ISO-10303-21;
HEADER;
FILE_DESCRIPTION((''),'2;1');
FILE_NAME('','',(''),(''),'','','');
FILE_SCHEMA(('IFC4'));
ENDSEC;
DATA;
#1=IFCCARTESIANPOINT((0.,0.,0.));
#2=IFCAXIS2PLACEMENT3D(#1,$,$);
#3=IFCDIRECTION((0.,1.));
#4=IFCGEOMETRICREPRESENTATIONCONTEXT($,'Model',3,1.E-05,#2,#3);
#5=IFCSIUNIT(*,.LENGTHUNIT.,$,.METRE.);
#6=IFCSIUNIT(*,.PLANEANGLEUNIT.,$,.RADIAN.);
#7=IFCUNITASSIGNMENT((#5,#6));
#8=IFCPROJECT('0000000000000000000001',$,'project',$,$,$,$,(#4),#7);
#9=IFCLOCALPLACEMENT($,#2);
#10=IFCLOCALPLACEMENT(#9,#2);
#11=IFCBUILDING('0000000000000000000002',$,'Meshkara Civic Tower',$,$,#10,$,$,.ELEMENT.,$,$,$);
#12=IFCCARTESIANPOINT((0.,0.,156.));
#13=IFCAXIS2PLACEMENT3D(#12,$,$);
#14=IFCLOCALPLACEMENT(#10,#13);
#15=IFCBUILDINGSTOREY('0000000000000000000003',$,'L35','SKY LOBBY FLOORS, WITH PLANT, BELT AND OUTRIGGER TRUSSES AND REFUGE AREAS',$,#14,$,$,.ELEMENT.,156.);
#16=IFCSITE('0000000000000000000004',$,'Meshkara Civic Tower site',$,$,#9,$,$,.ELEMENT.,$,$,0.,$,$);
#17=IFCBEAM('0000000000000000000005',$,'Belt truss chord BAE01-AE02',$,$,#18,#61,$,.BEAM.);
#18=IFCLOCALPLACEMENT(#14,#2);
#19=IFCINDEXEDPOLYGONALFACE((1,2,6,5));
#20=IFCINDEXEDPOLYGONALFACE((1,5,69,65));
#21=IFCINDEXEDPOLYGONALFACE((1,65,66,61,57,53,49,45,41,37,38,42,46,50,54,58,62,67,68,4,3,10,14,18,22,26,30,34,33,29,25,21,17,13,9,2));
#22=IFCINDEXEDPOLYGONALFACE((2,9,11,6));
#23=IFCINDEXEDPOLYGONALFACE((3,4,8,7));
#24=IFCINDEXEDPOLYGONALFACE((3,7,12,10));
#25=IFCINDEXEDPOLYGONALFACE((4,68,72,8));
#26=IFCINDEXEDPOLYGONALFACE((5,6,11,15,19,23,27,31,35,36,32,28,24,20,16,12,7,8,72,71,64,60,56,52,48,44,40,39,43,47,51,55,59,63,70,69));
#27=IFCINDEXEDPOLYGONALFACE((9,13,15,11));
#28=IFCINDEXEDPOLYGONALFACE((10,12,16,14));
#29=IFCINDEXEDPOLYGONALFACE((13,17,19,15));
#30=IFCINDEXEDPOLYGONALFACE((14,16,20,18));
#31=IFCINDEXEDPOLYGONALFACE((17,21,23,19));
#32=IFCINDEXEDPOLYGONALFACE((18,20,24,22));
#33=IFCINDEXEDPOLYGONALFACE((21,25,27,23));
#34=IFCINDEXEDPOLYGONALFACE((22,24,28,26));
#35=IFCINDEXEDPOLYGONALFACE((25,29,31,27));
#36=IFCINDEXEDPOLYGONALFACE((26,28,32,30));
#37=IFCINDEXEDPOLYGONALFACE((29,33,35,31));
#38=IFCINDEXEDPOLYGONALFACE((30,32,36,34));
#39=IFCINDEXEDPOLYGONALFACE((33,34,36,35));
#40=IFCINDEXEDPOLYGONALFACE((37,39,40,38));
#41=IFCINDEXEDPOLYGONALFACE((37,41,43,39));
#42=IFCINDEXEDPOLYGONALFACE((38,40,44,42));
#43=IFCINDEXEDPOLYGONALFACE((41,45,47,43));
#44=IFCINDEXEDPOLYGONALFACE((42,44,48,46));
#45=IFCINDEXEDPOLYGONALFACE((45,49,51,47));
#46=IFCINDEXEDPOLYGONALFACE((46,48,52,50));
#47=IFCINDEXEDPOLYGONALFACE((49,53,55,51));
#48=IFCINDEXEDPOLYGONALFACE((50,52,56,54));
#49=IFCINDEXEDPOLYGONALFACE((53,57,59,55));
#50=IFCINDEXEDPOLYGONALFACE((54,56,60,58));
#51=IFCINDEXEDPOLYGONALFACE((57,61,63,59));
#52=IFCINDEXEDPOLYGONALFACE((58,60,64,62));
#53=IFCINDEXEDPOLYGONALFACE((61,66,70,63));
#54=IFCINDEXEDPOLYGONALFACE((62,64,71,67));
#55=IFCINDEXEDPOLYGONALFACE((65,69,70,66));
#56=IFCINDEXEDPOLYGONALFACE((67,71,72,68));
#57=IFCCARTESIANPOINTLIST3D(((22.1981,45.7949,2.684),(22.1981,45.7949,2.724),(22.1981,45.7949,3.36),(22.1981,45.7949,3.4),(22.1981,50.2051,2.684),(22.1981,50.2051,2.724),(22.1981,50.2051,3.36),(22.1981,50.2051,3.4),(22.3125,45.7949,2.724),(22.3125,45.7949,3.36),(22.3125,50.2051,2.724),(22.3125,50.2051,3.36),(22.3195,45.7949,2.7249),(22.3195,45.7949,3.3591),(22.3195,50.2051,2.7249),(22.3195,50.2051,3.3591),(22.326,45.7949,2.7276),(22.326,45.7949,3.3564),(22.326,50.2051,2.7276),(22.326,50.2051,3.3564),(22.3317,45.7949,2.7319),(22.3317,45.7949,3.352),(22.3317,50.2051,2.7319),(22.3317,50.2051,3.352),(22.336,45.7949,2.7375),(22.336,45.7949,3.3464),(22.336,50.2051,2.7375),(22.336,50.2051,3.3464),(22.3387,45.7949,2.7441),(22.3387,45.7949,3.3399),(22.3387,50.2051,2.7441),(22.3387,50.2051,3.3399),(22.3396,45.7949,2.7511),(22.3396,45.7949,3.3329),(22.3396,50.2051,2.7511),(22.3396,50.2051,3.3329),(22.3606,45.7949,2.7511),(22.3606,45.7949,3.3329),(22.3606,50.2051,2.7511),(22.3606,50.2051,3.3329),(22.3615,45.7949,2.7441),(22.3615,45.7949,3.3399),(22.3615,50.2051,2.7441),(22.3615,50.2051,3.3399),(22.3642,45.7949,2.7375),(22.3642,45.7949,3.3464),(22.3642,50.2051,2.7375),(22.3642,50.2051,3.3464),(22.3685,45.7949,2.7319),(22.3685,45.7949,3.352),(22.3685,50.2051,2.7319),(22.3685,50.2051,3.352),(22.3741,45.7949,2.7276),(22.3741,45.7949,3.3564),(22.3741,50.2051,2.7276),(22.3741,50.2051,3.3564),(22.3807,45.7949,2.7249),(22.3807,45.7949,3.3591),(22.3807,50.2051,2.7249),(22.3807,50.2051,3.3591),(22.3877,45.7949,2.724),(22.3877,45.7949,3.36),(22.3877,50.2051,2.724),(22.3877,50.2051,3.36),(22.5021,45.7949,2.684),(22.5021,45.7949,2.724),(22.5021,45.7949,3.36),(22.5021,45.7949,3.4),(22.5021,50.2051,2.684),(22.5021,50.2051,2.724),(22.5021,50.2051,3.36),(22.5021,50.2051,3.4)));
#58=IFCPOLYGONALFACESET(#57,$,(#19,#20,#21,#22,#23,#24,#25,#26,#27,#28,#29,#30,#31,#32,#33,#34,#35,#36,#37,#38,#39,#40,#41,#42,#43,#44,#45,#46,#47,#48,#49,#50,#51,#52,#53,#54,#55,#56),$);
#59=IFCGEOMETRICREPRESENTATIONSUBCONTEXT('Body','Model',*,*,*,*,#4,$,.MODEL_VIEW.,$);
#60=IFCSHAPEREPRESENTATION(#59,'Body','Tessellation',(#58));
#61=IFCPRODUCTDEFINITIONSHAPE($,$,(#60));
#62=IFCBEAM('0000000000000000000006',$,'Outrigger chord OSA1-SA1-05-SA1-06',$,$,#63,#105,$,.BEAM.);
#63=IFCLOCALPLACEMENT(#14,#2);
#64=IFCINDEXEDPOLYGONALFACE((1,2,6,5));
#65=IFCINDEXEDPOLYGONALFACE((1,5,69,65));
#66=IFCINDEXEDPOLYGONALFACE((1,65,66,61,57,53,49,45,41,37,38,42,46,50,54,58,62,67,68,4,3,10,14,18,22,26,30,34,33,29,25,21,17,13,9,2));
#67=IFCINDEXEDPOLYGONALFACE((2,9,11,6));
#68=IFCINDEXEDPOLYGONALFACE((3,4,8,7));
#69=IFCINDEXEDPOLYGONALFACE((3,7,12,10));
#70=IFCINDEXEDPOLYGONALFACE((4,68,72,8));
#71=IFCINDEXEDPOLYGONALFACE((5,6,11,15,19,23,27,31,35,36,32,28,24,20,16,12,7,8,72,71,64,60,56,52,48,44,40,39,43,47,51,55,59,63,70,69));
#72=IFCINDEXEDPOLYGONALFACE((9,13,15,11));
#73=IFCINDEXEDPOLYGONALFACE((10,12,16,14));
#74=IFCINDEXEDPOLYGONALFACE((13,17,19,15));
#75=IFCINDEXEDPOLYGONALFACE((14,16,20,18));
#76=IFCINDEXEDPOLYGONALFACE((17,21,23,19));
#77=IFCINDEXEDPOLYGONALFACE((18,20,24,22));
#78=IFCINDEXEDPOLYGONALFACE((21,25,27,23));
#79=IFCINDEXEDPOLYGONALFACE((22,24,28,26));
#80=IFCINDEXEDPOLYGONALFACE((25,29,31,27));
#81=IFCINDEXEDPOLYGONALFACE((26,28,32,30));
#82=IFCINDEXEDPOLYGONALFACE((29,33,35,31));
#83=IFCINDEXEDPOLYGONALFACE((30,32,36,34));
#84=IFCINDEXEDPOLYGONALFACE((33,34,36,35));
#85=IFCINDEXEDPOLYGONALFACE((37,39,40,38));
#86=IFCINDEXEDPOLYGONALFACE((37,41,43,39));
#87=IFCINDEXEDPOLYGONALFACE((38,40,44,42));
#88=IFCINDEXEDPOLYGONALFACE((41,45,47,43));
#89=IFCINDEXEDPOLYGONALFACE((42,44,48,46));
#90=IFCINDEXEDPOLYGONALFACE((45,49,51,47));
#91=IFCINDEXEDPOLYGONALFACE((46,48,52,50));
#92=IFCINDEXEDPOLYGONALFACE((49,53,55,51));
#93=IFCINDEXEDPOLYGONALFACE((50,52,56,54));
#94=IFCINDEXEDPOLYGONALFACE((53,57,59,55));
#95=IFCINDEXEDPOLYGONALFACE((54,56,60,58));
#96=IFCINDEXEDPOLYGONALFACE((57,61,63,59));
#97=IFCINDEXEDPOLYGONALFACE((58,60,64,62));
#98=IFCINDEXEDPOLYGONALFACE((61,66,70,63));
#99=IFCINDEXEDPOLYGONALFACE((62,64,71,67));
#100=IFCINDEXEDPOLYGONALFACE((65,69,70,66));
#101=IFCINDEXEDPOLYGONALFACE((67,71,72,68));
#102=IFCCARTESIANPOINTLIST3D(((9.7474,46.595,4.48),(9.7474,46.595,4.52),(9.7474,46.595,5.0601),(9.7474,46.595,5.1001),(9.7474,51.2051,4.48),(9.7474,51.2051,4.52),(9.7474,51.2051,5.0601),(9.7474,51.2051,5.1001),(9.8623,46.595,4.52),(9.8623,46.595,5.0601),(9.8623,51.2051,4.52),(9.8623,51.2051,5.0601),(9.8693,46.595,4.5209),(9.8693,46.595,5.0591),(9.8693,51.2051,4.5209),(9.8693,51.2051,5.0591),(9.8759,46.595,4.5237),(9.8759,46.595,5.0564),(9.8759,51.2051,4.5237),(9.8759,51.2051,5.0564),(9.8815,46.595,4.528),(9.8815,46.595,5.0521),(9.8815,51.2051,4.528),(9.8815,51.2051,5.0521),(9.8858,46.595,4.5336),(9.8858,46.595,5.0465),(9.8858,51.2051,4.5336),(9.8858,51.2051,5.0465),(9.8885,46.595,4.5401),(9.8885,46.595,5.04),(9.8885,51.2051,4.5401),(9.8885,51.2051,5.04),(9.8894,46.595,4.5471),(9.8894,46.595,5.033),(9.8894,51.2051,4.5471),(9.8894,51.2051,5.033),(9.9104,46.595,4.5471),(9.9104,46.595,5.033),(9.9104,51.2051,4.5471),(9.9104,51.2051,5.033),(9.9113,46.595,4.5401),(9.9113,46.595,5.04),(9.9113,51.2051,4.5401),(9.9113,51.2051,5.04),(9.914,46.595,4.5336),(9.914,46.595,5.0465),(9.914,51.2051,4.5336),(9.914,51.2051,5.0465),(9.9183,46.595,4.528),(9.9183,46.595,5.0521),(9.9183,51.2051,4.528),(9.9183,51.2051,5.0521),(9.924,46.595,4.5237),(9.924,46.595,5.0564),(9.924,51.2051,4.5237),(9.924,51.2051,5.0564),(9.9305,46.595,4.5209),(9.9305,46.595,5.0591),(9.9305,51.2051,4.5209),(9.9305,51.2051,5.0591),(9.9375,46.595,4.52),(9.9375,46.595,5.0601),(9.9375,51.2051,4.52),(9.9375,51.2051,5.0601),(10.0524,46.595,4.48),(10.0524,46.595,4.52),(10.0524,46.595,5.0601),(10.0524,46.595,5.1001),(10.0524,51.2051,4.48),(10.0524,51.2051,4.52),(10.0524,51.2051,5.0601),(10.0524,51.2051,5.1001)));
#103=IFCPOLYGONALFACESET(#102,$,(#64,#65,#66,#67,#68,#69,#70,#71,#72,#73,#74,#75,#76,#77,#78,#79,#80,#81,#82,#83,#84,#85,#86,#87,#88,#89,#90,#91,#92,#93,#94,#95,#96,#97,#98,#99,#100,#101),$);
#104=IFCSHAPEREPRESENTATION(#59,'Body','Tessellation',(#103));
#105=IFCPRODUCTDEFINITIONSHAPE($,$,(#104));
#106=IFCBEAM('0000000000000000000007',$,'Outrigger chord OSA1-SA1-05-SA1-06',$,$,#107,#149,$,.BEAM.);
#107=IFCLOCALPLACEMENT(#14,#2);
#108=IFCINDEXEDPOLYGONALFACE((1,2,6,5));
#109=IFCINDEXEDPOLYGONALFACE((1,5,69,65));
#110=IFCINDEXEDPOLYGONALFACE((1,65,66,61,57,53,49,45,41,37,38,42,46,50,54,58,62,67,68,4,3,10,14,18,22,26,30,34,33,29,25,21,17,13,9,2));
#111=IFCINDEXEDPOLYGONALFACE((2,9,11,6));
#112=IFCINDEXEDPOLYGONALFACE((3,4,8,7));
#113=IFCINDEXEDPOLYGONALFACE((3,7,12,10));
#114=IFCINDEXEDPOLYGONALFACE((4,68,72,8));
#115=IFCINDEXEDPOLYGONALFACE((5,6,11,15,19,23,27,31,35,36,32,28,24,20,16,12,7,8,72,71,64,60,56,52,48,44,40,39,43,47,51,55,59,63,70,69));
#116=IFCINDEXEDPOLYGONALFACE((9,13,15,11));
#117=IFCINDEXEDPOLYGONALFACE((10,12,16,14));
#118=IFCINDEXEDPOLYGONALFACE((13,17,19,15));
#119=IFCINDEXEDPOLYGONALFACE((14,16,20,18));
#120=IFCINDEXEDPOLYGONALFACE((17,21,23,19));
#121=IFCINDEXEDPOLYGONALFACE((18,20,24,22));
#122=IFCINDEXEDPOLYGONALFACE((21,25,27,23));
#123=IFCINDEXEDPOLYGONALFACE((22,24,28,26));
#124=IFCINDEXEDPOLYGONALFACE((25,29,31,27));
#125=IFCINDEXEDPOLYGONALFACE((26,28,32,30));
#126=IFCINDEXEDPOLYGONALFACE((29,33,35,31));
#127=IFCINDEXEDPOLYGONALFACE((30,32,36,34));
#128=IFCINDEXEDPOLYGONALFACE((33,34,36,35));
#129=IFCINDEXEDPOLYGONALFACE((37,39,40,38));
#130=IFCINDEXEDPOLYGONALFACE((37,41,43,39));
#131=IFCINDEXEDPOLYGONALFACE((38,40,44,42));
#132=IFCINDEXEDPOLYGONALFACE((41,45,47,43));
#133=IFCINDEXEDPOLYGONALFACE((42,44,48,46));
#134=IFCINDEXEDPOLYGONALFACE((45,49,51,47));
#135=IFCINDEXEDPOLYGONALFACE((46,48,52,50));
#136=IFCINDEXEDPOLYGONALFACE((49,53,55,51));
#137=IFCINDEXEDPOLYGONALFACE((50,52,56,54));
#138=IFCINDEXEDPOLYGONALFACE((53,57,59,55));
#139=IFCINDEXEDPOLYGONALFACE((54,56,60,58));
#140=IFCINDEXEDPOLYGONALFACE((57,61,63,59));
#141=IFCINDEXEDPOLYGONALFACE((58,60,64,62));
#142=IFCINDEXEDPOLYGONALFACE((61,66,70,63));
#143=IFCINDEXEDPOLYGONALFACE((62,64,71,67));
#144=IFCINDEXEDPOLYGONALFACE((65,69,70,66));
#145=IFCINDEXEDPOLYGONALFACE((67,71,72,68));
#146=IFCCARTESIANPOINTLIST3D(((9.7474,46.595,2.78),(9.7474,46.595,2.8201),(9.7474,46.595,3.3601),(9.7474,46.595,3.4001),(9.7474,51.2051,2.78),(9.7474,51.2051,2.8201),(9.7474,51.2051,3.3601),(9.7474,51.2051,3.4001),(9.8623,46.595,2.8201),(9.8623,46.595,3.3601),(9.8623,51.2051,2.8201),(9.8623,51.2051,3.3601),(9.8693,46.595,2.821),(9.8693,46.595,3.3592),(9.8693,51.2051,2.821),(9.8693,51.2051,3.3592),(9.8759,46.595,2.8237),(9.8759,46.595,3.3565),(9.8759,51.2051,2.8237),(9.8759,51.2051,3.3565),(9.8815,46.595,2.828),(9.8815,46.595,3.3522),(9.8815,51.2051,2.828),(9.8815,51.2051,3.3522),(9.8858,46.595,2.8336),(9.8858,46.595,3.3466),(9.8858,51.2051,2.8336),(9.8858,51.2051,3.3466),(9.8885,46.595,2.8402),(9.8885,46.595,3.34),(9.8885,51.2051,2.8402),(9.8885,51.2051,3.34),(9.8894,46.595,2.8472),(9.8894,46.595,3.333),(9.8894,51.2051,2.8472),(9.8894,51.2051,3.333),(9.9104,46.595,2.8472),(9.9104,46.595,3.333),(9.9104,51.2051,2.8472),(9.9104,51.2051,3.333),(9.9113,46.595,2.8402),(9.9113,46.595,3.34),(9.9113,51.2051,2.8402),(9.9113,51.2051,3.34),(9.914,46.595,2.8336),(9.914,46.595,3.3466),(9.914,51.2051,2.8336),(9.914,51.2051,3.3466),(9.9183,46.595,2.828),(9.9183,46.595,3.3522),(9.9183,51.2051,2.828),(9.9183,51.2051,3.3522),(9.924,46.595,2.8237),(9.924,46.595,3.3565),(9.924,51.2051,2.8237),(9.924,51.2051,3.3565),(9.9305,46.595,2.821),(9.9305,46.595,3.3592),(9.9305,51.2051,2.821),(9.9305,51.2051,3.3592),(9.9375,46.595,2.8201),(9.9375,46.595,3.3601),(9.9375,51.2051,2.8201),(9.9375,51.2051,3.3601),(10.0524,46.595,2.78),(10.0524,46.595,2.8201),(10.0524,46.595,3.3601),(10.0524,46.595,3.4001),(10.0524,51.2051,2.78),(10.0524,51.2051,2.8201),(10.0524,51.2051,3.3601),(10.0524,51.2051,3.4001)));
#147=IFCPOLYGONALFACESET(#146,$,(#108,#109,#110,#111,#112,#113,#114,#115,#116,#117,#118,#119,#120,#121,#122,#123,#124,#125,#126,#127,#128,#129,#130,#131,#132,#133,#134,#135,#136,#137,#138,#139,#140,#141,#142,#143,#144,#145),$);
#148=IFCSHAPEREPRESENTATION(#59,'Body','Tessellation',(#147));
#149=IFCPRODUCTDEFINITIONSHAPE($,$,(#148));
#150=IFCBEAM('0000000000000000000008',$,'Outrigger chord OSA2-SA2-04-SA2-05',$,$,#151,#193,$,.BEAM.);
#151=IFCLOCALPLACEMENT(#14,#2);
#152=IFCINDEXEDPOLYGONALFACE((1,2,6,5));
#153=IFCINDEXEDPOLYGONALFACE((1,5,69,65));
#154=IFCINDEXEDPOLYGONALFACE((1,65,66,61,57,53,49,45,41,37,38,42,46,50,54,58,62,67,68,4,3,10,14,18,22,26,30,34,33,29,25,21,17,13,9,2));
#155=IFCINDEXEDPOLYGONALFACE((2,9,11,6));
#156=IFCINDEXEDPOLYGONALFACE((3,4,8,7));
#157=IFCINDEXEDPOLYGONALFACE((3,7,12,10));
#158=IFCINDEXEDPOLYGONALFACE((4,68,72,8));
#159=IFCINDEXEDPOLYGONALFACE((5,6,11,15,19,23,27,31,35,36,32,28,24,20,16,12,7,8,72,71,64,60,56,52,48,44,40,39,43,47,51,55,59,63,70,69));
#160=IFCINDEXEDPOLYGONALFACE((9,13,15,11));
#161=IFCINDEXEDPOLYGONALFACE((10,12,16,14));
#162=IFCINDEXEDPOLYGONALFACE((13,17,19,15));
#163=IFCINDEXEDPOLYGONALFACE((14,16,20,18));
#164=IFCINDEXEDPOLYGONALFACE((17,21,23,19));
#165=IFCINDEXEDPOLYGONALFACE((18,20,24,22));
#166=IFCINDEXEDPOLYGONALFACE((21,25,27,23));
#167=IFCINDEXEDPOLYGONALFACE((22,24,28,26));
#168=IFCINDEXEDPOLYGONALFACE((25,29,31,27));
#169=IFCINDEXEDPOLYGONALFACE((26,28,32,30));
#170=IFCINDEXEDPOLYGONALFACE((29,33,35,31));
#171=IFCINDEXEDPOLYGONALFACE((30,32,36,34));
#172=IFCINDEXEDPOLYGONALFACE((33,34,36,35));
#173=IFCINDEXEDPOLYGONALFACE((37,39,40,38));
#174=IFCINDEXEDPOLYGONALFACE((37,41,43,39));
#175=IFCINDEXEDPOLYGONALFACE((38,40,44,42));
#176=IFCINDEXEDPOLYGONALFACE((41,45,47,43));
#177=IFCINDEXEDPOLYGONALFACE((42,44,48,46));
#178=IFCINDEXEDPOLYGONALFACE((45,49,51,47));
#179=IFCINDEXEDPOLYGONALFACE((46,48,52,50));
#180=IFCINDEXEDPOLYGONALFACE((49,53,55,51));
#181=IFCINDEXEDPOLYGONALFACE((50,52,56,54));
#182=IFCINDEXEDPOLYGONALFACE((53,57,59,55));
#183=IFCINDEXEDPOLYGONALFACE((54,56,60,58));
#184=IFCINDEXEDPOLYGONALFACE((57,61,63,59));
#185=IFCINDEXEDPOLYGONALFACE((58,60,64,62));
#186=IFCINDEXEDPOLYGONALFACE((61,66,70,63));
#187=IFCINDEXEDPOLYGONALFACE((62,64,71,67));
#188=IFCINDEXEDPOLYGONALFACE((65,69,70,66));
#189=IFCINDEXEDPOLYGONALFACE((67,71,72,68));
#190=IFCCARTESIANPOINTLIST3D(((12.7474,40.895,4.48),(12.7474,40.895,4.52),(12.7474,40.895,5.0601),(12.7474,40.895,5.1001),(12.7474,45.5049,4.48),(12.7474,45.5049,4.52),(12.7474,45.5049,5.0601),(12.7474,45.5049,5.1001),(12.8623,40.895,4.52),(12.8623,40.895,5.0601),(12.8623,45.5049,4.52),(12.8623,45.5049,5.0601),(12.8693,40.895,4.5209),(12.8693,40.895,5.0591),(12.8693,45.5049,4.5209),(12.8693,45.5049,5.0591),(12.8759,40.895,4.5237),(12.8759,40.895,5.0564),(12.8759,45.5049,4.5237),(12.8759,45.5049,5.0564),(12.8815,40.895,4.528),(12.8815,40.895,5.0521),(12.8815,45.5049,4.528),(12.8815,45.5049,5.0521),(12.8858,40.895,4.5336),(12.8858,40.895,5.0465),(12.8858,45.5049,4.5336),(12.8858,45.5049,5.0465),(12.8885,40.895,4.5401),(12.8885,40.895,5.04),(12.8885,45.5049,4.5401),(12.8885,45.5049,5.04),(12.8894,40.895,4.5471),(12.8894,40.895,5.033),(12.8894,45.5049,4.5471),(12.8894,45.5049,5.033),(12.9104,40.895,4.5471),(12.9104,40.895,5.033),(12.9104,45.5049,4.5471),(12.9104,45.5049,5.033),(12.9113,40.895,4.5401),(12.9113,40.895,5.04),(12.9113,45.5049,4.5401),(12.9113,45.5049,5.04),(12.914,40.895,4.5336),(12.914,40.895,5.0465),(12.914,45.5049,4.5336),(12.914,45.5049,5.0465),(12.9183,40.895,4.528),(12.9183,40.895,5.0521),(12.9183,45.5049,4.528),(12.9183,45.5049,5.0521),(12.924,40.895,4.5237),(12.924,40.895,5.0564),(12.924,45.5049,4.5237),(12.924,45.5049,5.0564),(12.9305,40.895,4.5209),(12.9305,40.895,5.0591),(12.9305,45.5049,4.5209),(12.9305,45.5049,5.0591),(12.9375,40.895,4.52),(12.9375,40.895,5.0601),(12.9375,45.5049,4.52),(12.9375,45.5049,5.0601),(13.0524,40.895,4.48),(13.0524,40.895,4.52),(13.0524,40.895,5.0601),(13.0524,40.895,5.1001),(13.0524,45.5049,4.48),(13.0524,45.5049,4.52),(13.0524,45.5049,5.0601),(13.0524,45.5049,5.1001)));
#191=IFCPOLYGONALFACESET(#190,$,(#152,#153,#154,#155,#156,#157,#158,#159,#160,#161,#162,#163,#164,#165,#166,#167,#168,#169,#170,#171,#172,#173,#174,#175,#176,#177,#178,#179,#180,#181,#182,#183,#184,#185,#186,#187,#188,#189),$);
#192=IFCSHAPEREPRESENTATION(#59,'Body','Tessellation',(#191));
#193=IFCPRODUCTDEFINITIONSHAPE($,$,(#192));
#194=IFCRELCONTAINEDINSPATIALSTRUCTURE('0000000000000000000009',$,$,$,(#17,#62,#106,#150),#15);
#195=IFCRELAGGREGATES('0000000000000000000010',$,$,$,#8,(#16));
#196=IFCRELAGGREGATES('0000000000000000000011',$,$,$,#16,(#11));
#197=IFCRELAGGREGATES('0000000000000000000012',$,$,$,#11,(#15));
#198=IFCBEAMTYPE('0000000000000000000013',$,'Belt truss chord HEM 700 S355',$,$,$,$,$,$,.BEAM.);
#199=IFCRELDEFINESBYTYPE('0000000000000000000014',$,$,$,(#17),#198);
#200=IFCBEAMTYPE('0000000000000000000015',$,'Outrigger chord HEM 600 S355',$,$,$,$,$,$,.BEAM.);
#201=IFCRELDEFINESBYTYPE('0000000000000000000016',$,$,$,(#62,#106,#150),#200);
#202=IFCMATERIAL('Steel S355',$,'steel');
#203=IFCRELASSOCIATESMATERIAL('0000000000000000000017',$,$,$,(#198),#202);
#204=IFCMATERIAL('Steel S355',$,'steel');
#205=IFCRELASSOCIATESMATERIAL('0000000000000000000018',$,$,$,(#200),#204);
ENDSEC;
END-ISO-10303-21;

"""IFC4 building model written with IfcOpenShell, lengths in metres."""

from ifc_helpers import new_model, si_unit, direction, frame, origin, origin_2d, place, context, subcontext, project, spatial, i_section, extrude, material, material_profile, profile_set, type_object, element, save


model = new_model("IFC4")

# Units and contexts
model_context = context("Model", 3, precision=1e-05, world=origin(), true_north=direction((0.0, 1.0)))
body_context = subcontext(model_context, "Body", "Model", "MODEL_VIEW")
ifc_project = project(units=[si_unit("LENGTHUNIT", "METRE"), si_unit("PLANEANGLEUNIT", "RADIAN")], contexts=[model_context])

# Site, building, storey
site_placement = place(None, origin())
site = spatial("IfcSite", under=ifc_project, at=site_placement, Name="Meshkara Civic Tower site", CompositionType="ELEMENT", RefElevation=0.0)
building_placement = place(site_placement, origin())
building = spatial("IfcBuilding", under=site, at=building_placement, Name="Meshkara Civic Tower", CompositionType="ELEMENT")
storey_placement = place(building_placement, frame((0.0, 0.0, 156.0)))
storey = spatial("IfcBuildingStorey", under=building, at=storey_placement, Name="L35", Description="SKY LOBBY FLOORS, WITH PLANT, BELT AND OUTRIGGER TRUSSES AND REFUGE AREAS", CompositionType="ELEMENT", Elevation=156.0)

# Beams
ifc_material_1 = material(Name="Steel S355", Category="steel")
ifc_material_profile_1 = material_profile(ifc_material_1, i_section(OverallWidth=0.304, OverallDepth=0.7161, WebThickness=0.021, FlangeThickness=0.04, FilletRadius=0.0271, at=origin_2d()))
ifc_profile_set_1 = profile_set([ifc_material_profile_1], Name="Steel S355")
beam_type_1 = type_object("IfcBeamType", Name="Belt truss chord HEM 700 S355", PredefinedType="BEAM", material=ifc_profile_set_1)
for number, where, z_axis, x_axis, name in (
    (1, (22.3501, 45.7949, 3.042), (0.0, 1.0, 0.0), (-1.0, 0.0, 0.0), "Belt truss chord BAE01-AE02"),
):
    element("IfcBeam", number, at=place(storey_placement, frame(where, z_axis=z_axis, x_axis=x_axis)), inside=storey, type_object=beam_type_1, Name=name, PredefinedType="BEAM", context=body_context, shape_type="SweptSolid", body=[
        extrude(i_section(OverallWidth=0.304, OverallDepth=0.7161, WebThickness=0.021, FlangeThickness=0.04, FilletRadius=0.0271, at=origin_2d()), origin(), (0.0, 0.0, 1.0), 4.4102),
    ])
ifc_material_2 = material(Name="Steel S355", Category="steel")
ifc_material_profile_2 = material_profile(ifc_material_2, i_section(OverallWidth=0.3049, OverallDepth=0.6201, WebThickness=0.021, FlangeThickness=0.04, FilletRadius=0.0271, at=origin_2d()))
ifc_profile_set_2 = profile_set([ifc_material_profile_2], Name="Steel S355")
beam_type_2 = type_object("IfcBeamType", Name="Outrigger chord HEM 600 S355", PredefinedType="BEAM", material=ifc_profile_set_2)
for number, where, z_axis, x_axis, name in (
    (2, (9.8999, 46.595, 4.79), (0.0, 1.0, 0.0), (-1.0, 0.0, 0.0), "Outrigger chord OSA1-SA1-05-SA1-06"),
    (3, (9.8999, 46.595, 3.0901), (0.0, 1.0, 0.0), (-1.0, 0.0, 0.0), "Outrigger chord OSA1-SA1-05-SA1-06"),
):
    element("IfcBeam", number, at=place(storey_placement, frame(where, z_axis=z_axis, x_axis=x_axis)), inside=storey, type_object=beam_type_2, Name=name, PredefinedType="BEAM", context=body_context, shape_type="SweptSolid", body=[
        extrude(i_section(OverallWidth=0.3049, OverallDepth=0.6201, WebThickness=0.021, FlangeThickness=0.04, FilletRadius=0.0271, at=origin_2d()), origin(), (0.0, 0.0, 1.0), 4.6101),
    ])
for number, where, z_axis, x_axis, name in (
    (4, (12.8999, 40.895, 4.79), (0.0, 1.0, 0.0), (-1.0, 0.0, 0.0), "Outrigger chord OSA2-SA2-04-SA2-05"),
):
    element("IfcBeam", number, at=place(storey_placement, frame(where, z_axis=z_axis, x_axis=x_axis)), inside=storey, type_object=beam_type_2, Name=name, PredefinedType="BEAM", context=body_context, shape_type="SweptSolid", body=[
        extrude(i_section(OverallWidth=0.3049, OverallDepth=0.6201, WebThickness=0.021, FlangeThickness=0.04, FilletRadius=0.0271, at=origin_2d()), origin(), (0.0, 0.0, 1.0), 4.6099),
    ])

save(model, "model.ifc")
